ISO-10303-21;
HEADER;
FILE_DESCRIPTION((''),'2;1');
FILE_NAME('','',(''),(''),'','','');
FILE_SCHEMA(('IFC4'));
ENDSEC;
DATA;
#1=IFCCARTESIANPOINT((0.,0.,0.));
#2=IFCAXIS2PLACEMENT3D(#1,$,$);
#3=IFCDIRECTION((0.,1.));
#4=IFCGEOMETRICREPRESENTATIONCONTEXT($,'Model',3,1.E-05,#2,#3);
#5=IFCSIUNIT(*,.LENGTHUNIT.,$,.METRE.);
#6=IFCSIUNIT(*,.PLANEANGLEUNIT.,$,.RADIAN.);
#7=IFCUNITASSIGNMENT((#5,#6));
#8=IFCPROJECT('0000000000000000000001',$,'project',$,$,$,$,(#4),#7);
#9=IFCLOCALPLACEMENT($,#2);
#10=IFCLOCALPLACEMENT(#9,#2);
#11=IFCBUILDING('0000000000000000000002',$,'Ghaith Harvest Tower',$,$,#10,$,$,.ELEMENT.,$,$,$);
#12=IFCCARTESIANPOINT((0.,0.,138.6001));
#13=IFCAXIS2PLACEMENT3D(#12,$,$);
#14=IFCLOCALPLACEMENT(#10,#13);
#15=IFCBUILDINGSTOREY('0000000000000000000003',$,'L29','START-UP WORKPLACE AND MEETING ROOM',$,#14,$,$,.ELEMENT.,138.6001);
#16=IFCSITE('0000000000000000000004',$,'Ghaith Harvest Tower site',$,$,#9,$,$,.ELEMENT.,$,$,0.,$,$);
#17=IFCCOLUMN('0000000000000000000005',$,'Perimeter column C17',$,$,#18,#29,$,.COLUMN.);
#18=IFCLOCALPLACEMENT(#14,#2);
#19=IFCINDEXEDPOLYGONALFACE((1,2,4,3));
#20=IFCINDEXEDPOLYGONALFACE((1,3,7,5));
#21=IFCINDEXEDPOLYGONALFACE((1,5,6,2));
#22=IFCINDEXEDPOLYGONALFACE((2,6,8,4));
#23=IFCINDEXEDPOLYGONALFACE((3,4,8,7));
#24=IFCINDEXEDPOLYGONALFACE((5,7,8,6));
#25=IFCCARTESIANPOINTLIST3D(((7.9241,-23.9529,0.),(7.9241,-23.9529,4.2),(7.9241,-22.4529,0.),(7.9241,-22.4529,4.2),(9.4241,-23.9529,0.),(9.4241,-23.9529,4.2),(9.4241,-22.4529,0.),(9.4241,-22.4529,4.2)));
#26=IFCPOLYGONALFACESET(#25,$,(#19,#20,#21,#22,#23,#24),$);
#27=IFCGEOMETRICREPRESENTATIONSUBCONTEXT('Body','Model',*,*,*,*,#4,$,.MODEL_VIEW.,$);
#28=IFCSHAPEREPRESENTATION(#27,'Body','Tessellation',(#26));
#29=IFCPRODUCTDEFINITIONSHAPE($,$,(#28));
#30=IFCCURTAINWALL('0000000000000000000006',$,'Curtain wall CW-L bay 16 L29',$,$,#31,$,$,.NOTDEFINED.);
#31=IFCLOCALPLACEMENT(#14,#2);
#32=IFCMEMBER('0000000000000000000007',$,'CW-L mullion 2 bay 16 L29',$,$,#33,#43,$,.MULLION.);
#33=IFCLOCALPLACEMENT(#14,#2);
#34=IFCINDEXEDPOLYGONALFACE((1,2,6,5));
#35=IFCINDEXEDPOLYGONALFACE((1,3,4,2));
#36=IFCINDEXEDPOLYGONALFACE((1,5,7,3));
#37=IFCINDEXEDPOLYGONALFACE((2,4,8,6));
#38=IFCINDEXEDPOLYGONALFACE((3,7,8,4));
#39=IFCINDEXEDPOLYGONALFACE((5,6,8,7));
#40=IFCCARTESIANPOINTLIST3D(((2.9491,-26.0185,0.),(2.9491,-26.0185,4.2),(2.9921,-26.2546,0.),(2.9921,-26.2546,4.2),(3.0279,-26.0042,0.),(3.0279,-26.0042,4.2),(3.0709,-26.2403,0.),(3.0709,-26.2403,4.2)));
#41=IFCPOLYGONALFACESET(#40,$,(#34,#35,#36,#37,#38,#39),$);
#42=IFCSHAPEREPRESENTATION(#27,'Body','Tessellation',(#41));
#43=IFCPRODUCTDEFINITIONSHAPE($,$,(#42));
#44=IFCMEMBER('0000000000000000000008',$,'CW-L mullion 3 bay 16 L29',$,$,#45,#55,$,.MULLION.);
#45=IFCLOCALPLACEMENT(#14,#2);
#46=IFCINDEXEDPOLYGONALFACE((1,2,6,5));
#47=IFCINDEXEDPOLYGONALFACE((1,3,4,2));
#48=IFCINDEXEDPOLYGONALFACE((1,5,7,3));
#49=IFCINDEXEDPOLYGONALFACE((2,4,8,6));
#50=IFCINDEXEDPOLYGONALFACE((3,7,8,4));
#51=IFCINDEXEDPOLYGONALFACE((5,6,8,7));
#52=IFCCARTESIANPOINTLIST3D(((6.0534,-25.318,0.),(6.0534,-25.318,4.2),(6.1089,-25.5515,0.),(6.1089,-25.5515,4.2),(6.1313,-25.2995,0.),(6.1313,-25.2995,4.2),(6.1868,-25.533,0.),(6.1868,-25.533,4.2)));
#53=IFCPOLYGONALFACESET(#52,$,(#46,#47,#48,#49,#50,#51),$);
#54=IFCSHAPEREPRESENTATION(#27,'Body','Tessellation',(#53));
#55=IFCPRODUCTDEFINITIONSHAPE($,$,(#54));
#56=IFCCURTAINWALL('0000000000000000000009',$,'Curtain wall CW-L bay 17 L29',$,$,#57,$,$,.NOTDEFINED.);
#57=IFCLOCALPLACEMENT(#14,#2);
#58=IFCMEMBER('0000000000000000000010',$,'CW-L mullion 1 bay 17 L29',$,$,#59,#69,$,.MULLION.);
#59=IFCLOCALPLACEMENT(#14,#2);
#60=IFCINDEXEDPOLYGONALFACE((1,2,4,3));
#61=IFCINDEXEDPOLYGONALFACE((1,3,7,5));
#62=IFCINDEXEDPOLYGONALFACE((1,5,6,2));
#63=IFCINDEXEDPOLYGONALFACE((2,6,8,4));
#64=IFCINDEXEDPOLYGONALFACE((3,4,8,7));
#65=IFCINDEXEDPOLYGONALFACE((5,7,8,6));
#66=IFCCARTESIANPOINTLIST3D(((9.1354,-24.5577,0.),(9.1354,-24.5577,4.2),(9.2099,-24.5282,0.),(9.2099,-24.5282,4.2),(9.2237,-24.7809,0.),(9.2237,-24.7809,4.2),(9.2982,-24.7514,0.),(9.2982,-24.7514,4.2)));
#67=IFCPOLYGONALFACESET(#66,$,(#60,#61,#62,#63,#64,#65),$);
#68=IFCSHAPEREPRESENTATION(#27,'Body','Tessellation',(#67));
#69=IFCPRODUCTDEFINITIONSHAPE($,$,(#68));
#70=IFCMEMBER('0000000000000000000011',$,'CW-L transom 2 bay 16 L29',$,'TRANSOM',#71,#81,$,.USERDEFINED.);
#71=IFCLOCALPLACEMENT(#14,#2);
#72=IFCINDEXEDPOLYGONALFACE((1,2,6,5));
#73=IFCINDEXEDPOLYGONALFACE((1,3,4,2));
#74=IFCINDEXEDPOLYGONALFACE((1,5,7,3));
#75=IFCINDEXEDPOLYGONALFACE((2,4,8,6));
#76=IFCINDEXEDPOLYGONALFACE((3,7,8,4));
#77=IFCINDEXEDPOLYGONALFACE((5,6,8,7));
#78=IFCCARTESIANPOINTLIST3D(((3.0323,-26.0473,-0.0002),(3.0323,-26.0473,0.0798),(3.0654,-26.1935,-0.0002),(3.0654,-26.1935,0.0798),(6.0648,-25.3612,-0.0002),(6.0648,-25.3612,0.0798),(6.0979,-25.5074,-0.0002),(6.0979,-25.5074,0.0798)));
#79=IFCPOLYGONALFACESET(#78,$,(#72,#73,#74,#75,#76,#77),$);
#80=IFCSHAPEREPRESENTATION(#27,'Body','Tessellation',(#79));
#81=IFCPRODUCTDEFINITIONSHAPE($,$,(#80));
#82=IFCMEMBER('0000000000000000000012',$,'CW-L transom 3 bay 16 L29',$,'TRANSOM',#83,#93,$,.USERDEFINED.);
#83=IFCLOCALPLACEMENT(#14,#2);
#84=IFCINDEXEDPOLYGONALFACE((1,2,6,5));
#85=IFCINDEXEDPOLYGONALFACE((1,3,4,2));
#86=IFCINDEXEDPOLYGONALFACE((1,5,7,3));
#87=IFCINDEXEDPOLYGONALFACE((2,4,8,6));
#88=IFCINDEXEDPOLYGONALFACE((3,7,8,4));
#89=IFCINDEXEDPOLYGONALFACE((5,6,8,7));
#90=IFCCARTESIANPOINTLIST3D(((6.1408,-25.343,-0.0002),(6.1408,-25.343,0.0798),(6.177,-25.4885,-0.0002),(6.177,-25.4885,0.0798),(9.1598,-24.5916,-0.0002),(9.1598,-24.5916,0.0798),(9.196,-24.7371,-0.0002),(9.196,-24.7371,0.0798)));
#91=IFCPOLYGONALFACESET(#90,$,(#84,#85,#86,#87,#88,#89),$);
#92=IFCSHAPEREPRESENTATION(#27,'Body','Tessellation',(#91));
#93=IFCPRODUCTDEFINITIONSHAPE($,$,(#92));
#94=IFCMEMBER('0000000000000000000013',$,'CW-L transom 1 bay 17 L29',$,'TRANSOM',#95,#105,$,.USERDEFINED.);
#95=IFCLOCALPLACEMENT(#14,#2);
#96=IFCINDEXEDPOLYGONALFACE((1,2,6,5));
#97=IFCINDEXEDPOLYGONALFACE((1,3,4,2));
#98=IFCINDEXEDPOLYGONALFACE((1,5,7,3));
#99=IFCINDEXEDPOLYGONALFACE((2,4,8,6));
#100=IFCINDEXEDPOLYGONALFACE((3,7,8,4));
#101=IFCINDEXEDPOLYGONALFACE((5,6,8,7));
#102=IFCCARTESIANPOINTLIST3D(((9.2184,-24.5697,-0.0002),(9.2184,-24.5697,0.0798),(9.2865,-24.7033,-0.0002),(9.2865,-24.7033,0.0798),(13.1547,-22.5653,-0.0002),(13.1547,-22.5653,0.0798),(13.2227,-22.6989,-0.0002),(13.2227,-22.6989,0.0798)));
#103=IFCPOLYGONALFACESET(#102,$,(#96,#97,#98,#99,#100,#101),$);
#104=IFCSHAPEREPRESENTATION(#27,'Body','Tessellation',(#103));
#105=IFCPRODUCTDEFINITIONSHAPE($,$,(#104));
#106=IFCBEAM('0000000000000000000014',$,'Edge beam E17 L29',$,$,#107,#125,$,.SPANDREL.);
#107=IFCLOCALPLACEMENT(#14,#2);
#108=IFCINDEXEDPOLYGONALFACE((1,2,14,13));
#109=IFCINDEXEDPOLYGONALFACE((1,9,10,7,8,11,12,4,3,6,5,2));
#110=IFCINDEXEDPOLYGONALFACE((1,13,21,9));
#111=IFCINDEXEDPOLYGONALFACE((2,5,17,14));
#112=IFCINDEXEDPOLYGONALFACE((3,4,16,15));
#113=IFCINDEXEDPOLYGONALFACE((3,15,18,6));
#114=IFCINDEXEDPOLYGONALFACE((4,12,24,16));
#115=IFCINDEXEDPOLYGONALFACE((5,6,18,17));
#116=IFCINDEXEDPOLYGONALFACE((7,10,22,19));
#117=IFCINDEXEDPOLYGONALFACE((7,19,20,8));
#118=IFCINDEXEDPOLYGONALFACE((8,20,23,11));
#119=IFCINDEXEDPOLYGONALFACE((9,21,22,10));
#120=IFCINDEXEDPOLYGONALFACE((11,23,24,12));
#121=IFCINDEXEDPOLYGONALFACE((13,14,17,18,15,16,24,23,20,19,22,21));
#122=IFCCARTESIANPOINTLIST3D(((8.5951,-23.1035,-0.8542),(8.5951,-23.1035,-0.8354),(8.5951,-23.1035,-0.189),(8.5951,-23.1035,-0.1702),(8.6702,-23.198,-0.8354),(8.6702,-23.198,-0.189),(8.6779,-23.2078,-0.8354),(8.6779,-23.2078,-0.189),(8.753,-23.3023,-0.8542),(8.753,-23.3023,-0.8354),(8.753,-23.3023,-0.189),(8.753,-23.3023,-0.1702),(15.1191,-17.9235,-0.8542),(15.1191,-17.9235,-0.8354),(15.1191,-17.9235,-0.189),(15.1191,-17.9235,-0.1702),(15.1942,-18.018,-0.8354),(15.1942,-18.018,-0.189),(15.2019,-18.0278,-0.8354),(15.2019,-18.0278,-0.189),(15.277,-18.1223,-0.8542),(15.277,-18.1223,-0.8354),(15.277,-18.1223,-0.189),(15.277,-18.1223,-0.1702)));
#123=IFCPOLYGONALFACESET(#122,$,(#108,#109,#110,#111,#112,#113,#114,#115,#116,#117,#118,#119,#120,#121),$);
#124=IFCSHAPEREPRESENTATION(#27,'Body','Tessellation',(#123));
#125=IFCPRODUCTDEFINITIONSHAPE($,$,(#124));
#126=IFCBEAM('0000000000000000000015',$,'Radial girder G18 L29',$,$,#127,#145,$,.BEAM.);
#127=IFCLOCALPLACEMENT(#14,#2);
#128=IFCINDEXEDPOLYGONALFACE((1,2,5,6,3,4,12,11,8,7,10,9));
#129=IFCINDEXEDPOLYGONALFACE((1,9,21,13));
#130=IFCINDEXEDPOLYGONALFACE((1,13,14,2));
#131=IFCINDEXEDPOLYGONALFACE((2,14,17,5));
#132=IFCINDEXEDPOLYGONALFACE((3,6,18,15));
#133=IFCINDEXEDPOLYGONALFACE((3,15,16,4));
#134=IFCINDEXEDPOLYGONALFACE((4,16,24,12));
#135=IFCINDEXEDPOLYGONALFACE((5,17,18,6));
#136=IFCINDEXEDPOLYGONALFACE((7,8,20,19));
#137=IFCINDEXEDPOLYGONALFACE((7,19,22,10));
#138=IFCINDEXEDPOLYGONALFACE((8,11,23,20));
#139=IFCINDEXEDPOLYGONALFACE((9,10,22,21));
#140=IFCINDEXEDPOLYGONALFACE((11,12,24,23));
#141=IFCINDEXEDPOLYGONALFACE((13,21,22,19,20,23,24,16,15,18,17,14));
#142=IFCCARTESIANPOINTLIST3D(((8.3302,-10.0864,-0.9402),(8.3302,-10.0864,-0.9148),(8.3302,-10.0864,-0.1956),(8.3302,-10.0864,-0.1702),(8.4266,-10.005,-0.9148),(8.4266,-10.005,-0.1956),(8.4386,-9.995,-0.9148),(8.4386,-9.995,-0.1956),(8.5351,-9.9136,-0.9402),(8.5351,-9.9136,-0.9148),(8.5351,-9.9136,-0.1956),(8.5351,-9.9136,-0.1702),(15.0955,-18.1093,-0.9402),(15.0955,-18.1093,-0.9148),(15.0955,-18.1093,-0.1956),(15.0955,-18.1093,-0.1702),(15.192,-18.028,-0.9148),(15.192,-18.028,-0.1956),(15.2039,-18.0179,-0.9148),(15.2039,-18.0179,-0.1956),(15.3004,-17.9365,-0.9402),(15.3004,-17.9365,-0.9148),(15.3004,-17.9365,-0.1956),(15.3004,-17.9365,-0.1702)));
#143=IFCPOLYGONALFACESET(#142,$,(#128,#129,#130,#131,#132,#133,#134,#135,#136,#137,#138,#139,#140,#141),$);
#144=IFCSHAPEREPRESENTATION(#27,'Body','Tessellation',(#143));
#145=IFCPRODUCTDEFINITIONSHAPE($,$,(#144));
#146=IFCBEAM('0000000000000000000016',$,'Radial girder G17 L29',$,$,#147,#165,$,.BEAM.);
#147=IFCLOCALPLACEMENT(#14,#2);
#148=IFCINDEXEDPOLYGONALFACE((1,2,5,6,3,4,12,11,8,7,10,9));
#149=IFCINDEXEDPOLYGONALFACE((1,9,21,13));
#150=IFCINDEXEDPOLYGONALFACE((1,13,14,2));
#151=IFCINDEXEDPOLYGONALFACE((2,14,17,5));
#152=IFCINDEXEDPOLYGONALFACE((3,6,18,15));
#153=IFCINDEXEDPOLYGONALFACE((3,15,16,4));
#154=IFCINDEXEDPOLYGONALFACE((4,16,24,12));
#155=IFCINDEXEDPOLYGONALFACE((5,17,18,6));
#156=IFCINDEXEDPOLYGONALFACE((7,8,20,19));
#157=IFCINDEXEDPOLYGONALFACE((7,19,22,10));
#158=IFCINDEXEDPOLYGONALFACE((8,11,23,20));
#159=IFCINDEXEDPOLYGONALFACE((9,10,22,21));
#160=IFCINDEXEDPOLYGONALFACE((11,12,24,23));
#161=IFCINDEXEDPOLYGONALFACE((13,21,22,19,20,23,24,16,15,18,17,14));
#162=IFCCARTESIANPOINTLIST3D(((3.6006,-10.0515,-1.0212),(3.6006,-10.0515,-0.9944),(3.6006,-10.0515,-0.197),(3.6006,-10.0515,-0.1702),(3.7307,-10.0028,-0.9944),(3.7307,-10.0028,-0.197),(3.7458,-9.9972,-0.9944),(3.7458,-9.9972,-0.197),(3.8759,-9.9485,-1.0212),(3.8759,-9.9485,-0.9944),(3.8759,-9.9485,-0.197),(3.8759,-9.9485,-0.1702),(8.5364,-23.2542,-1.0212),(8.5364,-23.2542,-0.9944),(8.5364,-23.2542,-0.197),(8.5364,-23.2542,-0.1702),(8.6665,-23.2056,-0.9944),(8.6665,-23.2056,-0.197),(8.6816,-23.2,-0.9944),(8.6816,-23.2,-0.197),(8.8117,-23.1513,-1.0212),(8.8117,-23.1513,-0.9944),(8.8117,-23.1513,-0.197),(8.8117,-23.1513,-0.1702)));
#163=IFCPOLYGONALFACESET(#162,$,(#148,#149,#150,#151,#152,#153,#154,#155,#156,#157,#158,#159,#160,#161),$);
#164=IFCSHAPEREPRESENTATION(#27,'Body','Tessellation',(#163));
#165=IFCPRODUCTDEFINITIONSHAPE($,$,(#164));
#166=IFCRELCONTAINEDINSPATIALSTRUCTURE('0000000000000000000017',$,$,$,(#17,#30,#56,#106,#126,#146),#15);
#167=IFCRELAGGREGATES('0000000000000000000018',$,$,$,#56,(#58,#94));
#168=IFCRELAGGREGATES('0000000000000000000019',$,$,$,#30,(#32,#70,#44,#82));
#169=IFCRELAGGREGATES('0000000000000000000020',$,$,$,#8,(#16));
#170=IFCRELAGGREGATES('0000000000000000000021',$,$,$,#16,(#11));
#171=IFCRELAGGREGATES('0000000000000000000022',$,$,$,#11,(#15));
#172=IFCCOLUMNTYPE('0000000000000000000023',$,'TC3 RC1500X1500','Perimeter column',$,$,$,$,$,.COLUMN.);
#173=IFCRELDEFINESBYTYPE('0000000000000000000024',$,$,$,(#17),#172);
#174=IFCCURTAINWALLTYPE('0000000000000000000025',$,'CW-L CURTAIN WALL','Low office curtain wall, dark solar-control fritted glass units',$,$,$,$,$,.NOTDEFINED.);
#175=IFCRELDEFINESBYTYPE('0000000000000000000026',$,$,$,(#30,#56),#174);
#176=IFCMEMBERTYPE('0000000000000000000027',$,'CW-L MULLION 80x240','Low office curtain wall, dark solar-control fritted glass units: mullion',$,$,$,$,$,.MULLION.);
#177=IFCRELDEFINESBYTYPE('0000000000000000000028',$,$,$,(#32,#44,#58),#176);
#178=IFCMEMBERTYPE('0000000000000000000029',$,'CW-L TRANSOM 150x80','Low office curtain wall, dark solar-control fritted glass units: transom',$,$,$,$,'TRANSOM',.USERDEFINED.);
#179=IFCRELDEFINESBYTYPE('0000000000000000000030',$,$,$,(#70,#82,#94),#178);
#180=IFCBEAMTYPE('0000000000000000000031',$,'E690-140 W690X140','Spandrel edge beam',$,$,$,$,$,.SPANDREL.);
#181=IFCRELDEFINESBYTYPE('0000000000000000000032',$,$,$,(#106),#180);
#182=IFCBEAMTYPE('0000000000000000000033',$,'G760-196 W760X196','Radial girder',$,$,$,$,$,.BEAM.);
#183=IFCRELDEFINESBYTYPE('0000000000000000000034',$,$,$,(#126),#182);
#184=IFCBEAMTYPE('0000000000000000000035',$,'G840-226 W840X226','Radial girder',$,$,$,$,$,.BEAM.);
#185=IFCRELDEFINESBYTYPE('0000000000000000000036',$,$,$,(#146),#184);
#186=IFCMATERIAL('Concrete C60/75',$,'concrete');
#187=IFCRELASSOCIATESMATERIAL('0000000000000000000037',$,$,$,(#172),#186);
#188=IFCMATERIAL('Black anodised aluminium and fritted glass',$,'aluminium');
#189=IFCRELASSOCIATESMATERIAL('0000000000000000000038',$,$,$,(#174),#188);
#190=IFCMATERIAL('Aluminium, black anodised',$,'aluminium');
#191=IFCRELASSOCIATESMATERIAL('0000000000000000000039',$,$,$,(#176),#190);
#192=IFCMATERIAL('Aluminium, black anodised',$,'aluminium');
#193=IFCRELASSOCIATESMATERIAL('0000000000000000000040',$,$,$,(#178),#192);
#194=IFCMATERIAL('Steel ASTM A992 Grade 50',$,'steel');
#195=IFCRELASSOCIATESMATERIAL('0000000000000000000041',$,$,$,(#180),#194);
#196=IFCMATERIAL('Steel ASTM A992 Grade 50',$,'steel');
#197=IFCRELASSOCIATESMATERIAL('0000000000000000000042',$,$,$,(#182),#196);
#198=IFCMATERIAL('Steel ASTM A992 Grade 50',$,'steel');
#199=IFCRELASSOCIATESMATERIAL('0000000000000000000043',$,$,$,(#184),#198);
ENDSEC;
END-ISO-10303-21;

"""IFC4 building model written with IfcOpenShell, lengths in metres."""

from ifc_helpers import new_model, si_unit, direction, frame, origin, origin_2d, place, context, subcontext, project, spatial, rectangle, i_section, extrude, material, material_profile, profile_set, type_object, element, aggregate, save


model = new_model("IFC4")

# Units and contexts
model_context = context("Model", 3, precision=1e-05, world=origin(), true_north=direction((0.0, 1.0)))
body_context = subcontext(model_context, "Body", "Model", "MODEL_VIEW")
ifc_project = project(units=[si_unit("LENGTHUNIT", "METRE"), si_unit("PLANEANGLEUNIT", "RADIAN")], contexts=[model_context])

# Site, building, storey
site_placement = place(None, origin())
site = spatial("IfcSite", under=ifc_project, at=site_placement, Name="Ghaith Harvest Tower site", CompositionType="ELEMENT", RefElevation=0.0)
building_placement = place(site_placement, origin())
building = spatial("IfcBuilding", under=site, at=building_placement, Name="Ghaith Harvest Tower", CompositionType="ELEMENT")
storey_placement = place(building_placement, frame((0.0, 0.0, 138.6001)))
storey = spatial("IfcBuildingStorey", under=building, at=storey_placement, Name="L29", Description="START-UP WORKPLACE AND MEETING ROOM", CompositionType="ELEMENT", Elevation=138.6001)

# Column
ifc_material_1 = material(Name="Concrete C60/75", Category="concrete")
ifc_material_profile_1 = material_profile(ifc_material_1, rectangle(XDim=1.5, YDim=1.5, at=origin_2d()), Name="RC1500X1500")
ifc_profile_set_1 = profile_set([ifc_material_profile_1], Name="Concrete C60/75")
column_type = type_object("IfcColumnType", Name="TC3 RC1500X1500", Description="Perimeter column", PredefinedType="COLUMN", material=ifc_profile_set_1)
column_placement = place(storey_placement, frame((8.6741, -23.2029, 0.0), z_axis=(0.0, 0.0, 1.0), x_axis=(1.0, 0.0, 0.0)))
element("IfcColumn", 1, at=column_placement, inside=storey, type_object=column_type, Name="Perimeter column C17", PredefinedType="COLUMN", context=body_context, shape_type="SweptSolid", body=[
    extrude(rectangle(XDim=1.5, YDim=1.5, at=origin_2d()), origin(), (0.0, 0.0, 1.0), 4.2),
])

# Curtain wall, members
ifc_material_2 = material(Name="Black anodised aluminium and fritted glass", Category="aluminium")
curtain_wall_type = type_object("IfcCurtainWallType", Name="CW-L CURTAIN WALL", Description="Low office curtain wall, dark solar-control fritted glass units", PredefinedType="NOTDEFINED", material=ifc_material_2)
curtain_wall_1_placement = place(storey_placement, origin())
curtain_wall_1 = element("IfcCurtainWall", 2, at=curtain_wall_1_placement, inside=storey, type_object=curtain_wall_type, Name="Curtain wall CW-L bay 16 L29", PredefinedType="NOTDEFINED")
ifc_material_3 = material(Name="Aluminium, black anodised", Category="aluminium")
ifc_material_profile_2 = material_profile(ifc_material_3, rectangle(XDim=0.0801, YDim=0.24, at=origin_2d()), Name="CW-L MULLION 80x240")
ifc_profile_set_2 = profile_set([ifc_material_profile_2], Name="Aluminium, black anodised")
member_type_1 = type_object("IfcMemberType", Name="CW-L MULLION 80x240", Description="Low office curtain wall, dark solar-control fritted glass units: mullion", PredefinedType="MULLION", material=ifc_profile_set_2)
member_1_placement = place(storey_placement, frame((3.01, -26.1294, 0.0), z_axis=(0.0, 0.0, 1.0), x_axis=(0.983806, 0.179235, 0.0)))
member_1 = element("IfcMember", 3, at=member_1_placement, type_object=member_type_1, Name="CW-L mullion 2 bay 16 L29", PredefinedType="MULLION", context=body_context, shape_type="SweptSolid", body=[
    extrude(rectangle(XDim=0.0801, YDim=0.24, at=origin_2d()), origin(), (0.0, 0.0, 1.0), 4.2),
])
member_2_placement = place(storey_placement, frame((6.1201, -25.4255, 0.0), z_axis=(0.0, 0.0, 1.0), x_axis=(0.972918, 0.23115, 0.0)))
member_2 = element("IfcMember", 4, at=member_2_placement, type_object=member_type_1, Name="CW-L mullion 3 bay 16 L29", PredefinedType="MULLION", context=body_context, shape_type="SweptSolid", body=[
    extrude(rectangle(XDim=0.0801, YDim=0.24, at=origin_2d()), origin(), (0.0, 0.0, 1.0), 4.2),
])

# Curtain wall, member
curtain_wall_2_placement = place(storey_placement, origin())
curtain_wall_2 = element("IfcCurtainWall", 5, at=curtain_wall_2_placement, inside=storey, type_object=curtain_wall_type, Name="Curtain wall CW-L bay 17 L29", PredefinedType="NOTDEFINED")
member_3_placement = place(storey_placement, frame((9.2168, -24.6545, 0.0), z_axis=(0.0, 0.0, 1.0), x_axis=(0.929832, 0.367985, 0.0)))
member_3 = element("IfcMember", 6, at=member_3_placement, type_object=member_type_1, Name="CW-L mullion 1 bay 17 L29", PredefinedType="MULLION", context=body_context, shape_type="SweptSolid", body=[
    extrude(rectangle(XDim=0.0801, YDim=0.24, at=origin_2d()), origin(), (0.0, 0.0, 1.0), 4.2),
])

# Members
ifc_material_4 = material(Name="Aluminium, black anodised", Category="aluminium")
ifc_material_profile_3 = material_profile(ifc_material_4, rectangle(XDim=0.1499, YDim=0.0801, at=origin_2d()), Name="CW-L TRANSOM 150x80")
ifc_profile_set_3 = profile_set([ifc_material_profile_3], Name="Aluminium, black anodised")
member_type_2 = type_object("IfcMemberType", Name="CW-L TRANSOM 150x80", Description="Low office curtain wall, dark solar-control fritted glass units: transom", ElementType="TRANSOM", PredefinedType="USERDEFINED", material=ifc_profile_set_3)
member_4_placement = place(storey_placement, frame((3.0488, -26.1204, 0.0398), z_axis=(0.975352, 0.220654, 0.0), x_axis=(-0.220654, 0.975352, 0.0)))
member_4 = element("IfcMember", 7, at=member_4_placement, type_object=member_type_2, Name="CW-L transom 2 bay 16 L29", ObjectType="TRANSOM", PredefinedType="USERDEFINED", context=body_context, shape_type="SweptSolid", body=[
    extrude(rectangle(XDim=0.1499, YDim=0.0801, at=origin_2d()), origin(), (0.0, 0.0, 1.0), 3.1091),
])
member_5_placement = place(storey_placement, frame((6.1589, -25.4158, 0.0398), z_axis=(0.970391, 0.241538, 0.0), x_axis=(-0.241538, 0.970391, 0.0)))
member_5 = element("IfcMember", 8, at=member_5_placement, type_object=member_type_2, Name="CW-L transom 3 bay 16 L29", ObjectType="TRANSOM", PredefinedType="USERDEFINED", context=body_context, shape_type="SweptSolid", body=[
    extrude(rectangle(XDim=0.1499, YDim=0.0801, at=origin_2d()), origin(), (0.0, 0.0, 1.0), 3.1111),
])
member_6_placement = place(storey_placement, frame((9.2524, -24.6365, 0.0398), z_axis=(0.89112, 0.453768, 0.0), x_axis=(-0.453768, 0.89112, 0.0)))
member_6 = element("IfcMember", 9, at=member_6_placement, type_object=member_type_2, Name="CW-L transom 1 bay 17 L29", ObjectType="TRANSOM", PredefinedType="USERDEFINED", context=body_context, shape_type="SweptSolid", body=[
    extrude(rectangle(XDim=0.1499, YDim=0.0801, at=origin_2d()), origin(), (0.0, 0.0, 1.0), 4.4172),
])
aggregate(curtain_wall_2, [member_3, member_6])

# Beams
ifc_material_5 = material(Name="Steel ASTM A992 Grade 50", Category="steel")
ifc_material_profile_4 = material_profile(ifc_material_5, i_section(OverallWidth=0.2539, OverallDepth=0.6841, WebThickness=0.0125, FlangeThickness=0.0188, at=origin_2d()), Name="W690X140")
ifc_profile_set_4 = profile_set([ifc_material_profile_4], Name="Steel ASTM A992 Grade 50")
beam_type_1 = type_object("IfcBeamType", Name="E690-140 W690X140", Description="Spandrel edge beam", PredefinedType="SPANDREL", material=ifc_profile_set_4)
beam_1_placement = place(storey_placement, frame((8.6741, -23.2029, -0.5122), z_axis=(0.78316, 0.621821, 0.0), x_axis=(-0.621821, 0.78316, 0.0)))
element("IfcBeam", 10, at=beam_1_placement, inside=storey, type_object=beam_type_1, Name="Edge beam E17 L29", PredefinedType="SPANDREL", context=body_context, shape_type="SweptSolid", body=[
    extrude(i_section(OverallWidth=0.2539, OverallDepth=0.6841, WebThickness=0.0125, FlangeThickness=0.0188, at=origin_2d()), origin(), (0.0, 0.0, 1.0), 8.3303),
])
ifc_material_6 = material(Name="Steel ASTM A992 Grade 50", Category="steel")
ifc_material_profile_5 = material_profile(ifc_material_6, i_section(OverallWidth=0.2681, OverallDepth=0.77, WebThickness=0.0156, FlangeThickness=0.0254, at=origin_2d()), Name="W760X196")
ifc_profile_set_5 = profile_set([ifc_material_profile_5], Name="Steel ASTM A992 Grade 50")
beam_type_2 = type_object("IfcBeamType", Name="G760-196 W760X196", Description="Radial girder", PredefinedType="BEAM", material=ifc_profile_set_5)
beam_2_placement = place(storey_placement, frame((8.4326, -10.0, -0.5552), z_axis=(0.644649, -0.764478, 0.0), x_axis=(0.764478, 0.644649, 0.0)))
element("IfcBeam", 11, at=beam_2_placement, inside=storey, type_object=beam_type_2, Name="Radial girder G18 L29", PredefinedType="BEAM", context=body_context, shape_type="SweptSolid", body=[
    extrude(i_section(OverallWidth=0.2681, OverallDepth=0.77, WebThickness=0.0156, FlangeThickness=0.0254, at=origin_2d()), origin(), (0.0, 0.0, 1.0), 10.4946),
])
ifc_material_7 = material(Name="Steel ASTM A992 Grade 50", Category="steel")
ifc_material_profile_6 = material_profile(ifc_material_7, i_section(OverallWidth=0.2939, OverallDepth=0.8511, WebThickness=0.0161, FlangeThickness=0.0269, at=origin_2d()), Name="W840X226")
ifc_profile_set_6 = profile_set([ifc_material_profile_6], Name="Steel ASTM A992 Grade 50")
beam_type_3 = type_object("IfcBeamType", Name="G840-226 W840X226", Description="Radial girder", PredefinedType="BEAM", material=ifc_profile_set_6)
beam_3_placement = place(storey_placement, frame((3.7383, -10.0, -0.5957), z_axis=(0.350172, -0.936685, 0.0), x_axis=(0.936685, 0.350172, 0.0)))
element("IfcBeam", 12, at=beam_3_placement, inside=storey, type_object=beam_type_3, Name="Radial girder G17 L29", PredefinedType="BEAM", context=body_context, shape_type="SweptSolid", body=[
    extrude(i_section(OverallWidth=0.2939, OverallDepth=0.8511, WebThickness=0.0161, FlangeThickness=0.0269, at=origin_2d()), origin(), (0.0, 0.0, 1.0), 14.0952),
])

aggregate(curtain_wall_1, [member_1, member_4, member_2, member_5])

save(model, "model.ifc")
